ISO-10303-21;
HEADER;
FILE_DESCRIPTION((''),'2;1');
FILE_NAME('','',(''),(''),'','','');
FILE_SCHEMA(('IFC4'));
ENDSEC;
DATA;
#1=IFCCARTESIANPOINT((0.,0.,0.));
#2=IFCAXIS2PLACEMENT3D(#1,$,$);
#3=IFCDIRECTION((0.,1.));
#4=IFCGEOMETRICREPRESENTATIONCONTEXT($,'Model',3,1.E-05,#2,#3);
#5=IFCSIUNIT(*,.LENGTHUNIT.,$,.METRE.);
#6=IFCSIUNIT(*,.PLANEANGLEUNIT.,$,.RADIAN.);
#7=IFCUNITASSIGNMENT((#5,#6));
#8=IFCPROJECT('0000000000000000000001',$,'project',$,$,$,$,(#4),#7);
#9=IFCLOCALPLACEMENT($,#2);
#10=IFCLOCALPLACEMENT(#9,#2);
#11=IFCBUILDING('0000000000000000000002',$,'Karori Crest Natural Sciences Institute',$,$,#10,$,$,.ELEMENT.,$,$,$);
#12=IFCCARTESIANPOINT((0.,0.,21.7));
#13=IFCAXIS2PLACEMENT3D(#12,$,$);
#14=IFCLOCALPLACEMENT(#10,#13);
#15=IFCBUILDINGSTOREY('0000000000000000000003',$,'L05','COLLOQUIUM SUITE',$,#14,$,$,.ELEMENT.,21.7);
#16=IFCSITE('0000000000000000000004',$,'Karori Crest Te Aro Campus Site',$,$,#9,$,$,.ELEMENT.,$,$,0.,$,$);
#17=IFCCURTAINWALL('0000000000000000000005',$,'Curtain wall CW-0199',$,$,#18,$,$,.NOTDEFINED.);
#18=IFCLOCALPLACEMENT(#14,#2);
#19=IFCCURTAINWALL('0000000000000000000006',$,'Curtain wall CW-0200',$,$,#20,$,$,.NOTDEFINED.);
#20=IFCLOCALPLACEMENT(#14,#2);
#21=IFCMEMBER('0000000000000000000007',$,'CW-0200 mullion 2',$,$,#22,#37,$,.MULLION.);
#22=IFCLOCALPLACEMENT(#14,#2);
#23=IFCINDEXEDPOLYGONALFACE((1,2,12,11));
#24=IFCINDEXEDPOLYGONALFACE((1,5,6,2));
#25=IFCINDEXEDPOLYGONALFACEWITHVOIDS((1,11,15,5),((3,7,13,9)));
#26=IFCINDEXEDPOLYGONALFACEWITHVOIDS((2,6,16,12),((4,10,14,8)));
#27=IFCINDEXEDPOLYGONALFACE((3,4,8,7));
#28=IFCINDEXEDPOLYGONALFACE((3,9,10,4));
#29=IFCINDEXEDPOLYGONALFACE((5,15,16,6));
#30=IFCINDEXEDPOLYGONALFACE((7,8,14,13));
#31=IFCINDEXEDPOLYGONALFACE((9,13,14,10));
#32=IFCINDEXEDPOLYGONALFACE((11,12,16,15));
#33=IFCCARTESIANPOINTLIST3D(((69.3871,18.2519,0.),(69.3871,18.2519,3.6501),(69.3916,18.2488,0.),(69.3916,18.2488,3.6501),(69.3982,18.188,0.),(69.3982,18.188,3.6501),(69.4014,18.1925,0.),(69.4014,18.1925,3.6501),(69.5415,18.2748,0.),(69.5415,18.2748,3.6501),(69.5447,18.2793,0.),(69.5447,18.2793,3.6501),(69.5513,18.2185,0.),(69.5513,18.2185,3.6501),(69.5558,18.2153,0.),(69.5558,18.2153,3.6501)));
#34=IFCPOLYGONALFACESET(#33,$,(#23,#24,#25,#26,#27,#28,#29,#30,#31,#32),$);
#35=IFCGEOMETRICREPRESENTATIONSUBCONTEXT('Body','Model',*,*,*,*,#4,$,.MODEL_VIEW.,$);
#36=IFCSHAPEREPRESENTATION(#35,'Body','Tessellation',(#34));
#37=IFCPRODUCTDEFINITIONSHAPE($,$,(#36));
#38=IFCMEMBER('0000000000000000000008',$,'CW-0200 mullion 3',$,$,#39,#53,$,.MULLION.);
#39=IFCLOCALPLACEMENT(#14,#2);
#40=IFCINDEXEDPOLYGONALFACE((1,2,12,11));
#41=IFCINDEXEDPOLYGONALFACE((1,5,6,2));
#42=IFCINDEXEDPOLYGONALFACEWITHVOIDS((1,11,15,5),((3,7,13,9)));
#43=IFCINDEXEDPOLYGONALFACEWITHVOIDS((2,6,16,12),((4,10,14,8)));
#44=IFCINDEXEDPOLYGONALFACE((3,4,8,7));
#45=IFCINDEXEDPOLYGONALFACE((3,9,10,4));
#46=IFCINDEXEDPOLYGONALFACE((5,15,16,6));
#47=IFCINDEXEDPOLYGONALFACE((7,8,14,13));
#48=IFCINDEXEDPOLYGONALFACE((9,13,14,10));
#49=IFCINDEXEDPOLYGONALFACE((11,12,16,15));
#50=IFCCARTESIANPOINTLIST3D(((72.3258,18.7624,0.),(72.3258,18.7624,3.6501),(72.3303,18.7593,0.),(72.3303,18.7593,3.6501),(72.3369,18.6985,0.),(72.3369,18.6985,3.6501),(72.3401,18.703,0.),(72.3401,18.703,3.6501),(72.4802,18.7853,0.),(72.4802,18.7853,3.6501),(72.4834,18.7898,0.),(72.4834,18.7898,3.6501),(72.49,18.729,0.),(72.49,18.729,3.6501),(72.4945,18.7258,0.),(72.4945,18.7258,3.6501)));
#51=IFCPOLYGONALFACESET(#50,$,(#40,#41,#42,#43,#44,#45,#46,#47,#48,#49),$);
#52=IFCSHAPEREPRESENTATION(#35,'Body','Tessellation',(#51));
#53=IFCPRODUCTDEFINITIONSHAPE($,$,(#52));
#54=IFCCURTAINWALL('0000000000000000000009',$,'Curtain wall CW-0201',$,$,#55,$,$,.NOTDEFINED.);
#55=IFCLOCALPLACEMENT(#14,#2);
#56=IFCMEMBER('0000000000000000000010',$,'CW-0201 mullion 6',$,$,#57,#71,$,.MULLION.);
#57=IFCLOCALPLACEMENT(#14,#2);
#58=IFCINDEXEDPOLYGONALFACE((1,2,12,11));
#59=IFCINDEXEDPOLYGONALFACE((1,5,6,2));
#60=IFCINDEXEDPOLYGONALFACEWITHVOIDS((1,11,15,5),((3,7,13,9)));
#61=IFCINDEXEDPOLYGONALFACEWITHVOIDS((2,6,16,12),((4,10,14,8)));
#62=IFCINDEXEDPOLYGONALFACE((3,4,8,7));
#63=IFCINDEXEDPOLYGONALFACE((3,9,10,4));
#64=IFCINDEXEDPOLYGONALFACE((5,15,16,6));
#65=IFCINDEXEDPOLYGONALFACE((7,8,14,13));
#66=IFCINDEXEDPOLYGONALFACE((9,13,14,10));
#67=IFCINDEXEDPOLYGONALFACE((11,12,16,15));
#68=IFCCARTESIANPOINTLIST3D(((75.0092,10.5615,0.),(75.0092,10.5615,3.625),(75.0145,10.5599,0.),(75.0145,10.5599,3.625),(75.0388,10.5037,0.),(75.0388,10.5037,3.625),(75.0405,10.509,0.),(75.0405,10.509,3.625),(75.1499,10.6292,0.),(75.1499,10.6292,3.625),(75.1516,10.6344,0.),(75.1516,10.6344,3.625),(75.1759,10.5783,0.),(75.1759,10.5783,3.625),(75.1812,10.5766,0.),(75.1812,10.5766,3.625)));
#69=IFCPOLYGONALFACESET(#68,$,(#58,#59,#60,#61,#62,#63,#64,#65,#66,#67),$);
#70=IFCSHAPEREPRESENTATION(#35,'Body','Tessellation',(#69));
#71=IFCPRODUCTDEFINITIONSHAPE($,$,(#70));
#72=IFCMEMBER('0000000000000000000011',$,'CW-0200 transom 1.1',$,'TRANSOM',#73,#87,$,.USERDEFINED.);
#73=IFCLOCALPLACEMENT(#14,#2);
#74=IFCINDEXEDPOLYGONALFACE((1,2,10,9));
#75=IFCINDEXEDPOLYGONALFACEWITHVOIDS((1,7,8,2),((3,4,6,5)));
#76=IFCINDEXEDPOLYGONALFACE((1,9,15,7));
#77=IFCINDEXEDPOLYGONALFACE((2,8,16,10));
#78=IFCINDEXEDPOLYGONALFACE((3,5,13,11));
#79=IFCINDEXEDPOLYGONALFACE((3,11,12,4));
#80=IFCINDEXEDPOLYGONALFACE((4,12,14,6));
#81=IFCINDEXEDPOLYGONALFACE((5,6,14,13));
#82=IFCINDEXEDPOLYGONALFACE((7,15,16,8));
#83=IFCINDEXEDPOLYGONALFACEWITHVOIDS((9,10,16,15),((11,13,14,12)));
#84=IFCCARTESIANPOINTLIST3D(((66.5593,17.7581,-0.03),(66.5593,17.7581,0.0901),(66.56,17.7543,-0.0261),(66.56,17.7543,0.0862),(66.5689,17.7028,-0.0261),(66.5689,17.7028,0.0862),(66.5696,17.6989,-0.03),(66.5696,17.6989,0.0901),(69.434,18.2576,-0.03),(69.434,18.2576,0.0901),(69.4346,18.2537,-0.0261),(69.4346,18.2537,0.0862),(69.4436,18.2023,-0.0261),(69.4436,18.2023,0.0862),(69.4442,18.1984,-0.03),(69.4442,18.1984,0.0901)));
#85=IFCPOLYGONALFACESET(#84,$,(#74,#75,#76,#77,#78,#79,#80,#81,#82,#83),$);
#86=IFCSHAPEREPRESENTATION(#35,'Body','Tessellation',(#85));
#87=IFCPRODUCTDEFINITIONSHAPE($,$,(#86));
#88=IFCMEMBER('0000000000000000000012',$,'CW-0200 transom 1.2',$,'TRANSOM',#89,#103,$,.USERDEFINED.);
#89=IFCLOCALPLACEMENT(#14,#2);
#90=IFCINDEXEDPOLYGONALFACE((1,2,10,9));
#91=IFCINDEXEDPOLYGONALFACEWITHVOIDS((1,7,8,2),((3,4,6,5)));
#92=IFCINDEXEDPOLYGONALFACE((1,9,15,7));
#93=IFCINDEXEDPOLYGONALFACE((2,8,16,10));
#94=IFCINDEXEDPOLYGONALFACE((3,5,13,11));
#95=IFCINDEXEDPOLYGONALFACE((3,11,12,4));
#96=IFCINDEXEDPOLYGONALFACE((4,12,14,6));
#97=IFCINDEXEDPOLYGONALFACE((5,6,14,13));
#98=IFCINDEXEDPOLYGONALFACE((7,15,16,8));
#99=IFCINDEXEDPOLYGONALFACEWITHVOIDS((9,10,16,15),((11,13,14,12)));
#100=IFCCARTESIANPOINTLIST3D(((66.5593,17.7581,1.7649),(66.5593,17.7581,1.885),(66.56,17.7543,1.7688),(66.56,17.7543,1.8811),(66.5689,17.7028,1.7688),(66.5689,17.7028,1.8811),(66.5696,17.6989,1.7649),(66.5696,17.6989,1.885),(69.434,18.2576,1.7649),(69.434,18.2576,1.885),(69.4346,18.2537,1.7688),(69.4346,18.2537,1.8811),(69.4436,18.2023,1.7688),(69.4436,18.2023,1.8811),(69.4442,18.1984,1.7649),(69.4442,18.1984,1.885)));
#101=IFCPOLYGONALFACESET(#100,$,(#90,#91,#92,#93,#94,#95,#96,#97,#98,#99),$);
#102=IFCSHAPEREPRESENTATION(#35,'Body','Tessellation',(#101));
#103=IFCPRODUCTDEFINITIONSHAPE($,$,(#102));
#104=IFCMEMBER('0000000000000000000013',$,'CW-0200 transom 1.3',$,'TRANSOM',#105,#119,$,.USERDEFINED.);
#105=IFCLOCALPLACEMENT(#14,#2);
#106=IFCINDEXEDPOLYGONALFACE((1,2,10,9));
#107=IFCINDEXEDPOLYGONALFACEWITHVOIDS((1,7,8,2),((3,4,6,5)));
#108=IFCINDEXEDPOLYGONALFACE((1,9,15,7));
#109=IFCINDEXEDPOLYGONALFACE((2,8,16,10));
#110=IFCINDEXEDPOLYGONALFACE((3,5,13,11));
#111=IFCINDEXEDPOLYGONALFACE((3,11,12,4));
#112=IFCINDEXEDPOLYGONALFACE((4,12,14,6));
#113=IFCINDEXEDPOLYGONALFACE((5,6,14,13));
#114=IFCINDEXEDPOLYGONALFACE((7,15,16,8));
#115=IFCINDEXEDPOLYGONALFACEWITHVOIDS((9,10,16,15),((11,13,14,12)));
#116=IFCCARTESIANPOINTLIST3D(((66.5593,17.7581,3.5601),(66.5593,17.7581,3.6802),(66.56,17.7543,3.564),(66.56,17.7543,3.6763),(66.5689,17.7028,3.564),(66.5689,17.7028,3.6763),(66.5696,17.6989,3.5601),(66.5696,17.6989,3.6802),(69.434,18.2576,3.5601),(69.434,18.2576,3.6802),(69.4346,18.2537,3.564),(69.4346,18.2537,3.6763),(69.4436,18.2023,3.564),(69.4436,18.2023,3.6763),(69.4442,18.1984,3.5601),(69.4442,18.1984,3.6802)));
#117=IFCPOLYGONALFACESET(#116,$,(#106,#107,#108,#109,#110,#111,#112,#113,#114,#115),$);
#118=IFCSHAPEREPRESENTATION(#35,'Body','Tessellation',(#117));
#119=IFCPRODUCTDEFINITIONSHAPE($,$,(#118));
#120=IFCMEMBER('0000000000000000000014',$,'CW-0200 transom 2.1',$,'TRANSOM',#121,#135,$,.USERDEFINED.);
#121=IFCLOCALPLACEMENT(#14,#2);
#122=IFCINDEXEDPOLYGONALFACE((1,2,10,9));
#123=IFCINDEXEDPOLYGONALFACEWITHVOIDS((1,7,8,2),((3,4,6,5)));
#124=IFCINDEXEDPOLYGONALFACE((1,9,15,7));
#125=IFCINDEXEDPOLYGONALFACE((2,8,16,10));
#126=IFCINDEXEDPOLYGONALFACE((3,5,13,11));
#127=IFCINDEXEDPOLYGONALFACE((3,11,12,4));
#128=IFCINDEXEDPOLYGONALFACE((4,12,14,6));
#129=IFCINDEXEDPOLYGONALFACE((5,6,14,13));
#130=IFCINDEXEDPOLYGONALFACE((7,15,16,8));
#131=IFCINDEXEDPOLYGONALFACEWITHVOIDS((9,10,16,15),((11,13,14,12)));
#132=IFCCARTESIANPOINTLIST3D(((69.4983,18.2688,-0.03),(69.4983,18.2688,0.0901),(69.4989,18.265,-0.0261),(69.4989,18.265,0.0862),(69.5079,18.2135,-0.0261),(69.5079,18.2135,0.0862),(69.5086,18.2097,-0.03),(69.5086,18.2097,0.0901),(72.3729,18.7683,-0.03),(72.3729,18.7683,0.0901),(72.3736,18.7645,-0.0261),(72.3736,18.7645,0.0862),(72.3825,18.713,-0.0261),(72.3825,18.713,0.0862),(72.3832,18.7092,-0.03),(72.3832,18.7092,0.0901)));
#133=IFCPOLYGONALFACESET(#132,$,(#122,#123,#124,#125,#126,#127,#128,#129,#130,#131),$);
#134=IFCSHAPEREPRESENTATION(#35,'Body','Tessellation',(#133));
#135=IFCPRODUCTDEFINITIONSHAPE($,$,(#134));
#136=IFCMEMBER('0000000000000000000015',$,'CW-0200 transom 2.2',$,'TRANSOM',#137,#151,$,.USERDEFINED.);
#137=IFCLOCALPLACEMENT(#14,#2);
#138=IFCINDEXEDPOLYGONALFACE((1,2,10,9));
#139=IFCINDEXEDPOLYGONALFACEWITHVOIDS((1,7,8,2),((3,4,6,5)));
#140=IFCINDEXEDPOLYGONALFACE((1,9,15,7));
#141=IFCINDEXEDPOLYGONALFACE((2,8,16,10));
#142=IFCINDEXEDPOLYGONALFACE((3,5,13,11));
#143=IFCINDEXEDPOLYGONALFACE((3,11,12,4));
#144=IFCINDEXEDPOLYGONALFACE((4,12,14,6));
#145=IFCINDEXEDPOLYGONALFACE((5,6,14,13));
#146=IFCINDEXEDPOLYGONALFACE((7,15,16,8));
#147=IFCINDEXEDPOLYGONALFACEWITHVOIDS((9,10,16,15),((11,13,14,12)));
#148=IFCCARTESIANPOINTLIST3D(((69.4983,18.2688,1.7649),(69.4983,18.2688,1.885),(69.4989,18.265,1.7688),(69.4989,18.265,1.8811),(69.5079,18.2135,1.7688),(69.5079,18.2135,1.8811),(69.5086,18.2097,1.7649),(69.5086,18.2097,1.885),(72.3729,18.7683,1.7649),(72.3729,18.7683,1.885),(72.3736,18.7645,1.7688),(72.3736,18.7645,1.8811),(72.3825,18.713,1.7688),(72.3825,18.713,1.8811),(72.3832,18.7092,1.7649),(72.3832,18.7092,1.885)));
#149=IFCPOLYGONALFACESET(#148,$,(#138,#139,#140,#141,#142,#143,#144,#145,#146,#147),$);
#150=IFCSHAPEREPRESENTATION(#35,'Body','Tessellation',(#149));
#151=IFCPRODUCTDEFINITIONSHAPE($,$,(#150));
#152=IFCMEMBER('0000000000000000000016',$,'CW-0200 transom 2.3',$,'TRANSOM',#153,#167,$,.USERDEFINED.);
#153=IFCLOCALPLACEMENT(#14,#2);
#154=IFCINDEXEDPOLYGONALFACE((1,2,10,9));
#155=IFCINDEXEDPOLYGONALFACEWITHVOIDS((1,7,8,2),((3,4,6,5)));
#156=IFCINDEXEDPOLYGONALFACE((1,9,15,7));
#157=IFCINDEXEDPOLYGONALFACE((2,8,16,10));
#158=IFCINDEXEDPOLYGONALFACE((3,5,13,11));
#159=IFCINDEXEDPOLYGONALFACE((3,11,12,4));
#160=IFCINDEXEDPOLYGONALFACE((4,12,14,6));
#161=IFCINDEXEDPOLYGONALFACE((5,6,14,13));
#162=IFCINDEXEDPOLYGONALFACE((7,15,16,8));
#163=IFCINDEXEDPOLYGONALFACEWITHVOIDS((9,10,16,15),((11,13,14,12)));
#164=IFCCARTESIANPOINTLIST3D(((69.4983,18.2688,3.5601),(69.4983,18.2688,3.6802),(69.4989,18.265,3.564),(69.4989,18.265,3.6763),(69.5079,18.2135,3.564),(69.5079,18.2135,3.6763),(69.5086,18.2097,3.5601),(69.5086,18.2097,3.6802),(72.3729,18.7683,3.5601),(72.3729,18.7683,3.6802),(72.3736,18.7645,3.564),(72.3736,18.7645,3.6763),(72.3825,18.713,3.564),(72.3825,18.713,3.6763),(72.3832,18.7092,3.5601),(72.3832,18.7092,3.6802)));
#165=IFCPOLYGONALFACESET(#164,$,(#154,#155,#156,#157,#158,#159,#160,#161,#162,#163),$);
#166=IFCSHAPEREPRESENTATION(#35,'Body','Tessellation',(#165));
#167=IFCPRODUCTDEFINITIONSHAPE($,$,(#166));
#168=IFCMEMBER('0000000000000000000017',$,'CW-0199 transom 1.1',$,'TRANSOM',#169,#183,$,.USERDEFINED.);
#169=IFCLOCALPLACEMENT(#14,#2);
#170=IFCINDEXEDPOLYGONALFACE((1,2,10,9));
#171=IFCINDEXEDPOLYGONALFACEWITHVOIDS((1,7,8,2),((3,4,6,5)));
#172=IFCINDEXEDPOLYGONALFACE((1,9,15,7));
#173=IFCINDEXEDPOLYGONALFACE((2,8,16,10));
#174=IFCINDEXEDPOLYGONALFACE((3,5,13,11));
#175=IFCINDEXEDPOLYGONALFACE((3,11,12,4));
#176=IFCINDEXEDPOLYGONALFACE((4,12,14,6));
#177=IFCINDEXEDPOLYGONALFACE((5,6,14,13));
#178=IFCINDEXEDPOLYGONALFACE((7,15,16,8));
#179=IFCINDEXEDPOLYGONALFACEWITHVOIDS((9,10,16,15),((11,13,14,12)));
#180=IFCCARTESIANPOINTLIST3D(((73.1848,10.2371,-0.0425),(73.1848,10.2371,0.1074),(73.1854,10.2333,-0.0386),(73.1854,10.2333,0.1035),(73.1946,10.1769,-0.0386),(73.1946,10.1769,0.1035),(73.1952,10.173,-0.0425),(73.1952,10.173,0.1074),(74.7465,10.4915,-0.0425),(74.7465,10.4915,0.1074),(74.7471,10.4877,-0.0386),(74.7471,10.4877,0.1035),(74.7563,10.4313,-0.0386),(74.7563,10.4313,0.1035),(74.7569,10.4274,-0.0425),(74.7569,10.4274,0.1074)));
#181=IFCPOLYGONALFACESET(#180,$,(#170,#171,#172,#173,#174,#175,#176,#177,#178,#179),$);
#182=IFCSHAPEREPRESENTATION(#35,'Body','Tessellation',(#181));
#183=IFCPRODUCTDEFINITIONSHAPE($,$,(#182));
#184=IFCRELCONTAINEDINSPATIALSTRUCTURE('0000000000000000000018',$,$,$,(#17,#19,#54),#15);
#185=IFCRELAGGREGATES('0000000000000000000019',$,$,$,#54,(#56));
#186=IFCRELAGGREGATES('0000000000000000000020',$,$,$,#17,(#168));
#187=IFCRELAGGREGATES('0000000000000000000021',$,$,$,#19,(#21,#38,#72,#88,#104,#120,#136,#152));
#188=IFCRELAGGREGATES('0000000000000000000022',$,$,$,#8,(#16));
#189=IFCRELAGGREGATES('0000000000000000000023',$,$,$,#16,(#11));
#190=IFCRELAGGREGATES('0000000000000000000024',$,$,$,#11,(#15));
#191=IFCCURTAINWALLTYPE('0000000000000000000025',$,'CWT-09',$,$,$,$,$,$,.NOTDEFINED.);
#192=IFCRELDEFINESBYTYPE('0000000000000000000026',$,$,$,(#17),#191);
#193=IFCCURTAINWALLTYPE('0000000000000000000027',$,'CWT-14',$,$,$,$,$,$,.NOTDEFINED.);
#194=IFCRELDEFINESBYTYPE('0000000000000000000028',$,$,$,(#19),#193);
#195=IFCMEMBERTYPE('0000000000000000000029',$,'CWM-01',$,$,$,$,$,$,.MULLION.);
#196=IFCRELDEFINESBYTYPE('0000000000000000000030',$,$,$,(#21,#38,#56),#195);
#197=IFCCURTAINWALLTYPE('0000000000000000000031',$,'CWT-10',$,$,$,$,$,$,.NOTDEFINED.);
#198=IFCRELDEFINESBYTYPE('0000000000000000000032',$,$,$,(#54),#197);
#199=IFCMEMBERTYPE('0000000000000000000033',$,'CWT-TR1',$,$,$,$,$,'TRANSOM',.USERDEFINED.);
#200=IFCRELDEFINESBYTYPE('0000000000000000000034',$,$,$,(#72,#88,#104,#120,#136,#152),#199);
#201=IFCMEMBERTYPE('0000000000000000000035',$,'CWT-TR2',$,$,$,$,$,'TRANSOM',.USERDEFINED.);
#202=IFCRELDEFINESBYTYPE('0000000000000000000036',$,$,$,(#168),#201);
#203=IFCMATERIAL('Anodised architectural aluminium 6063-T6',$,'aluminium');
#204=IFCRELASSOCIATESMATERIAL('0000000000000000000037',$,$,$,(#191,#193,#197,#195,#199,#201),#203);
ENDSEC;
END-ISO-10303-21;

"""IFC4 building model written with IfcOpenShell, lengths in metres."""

from ifc_helpers import new_model, si_unit, direction, frame, origin, origin_2d, place, context, subcontext, project, spatial, hollow_rectangle, extrude, material, material_profile, profile_set, type_object, element, aggregate, save


model = new_model("IFC4")

# Units and contexts
model_context = context("Model", 3, precision=1e-05, world=origin(), true_north=direction((0.0, 1.0)))
body_context = subcontext(model_context, "Body", "Model", "MODEL_VIEW")
ifc_project = project(units=[si_unit("LENGTHUNIT", "METRE"), si_unit("PLANEANGLEUNIT", "RADIAN")], contexts=[model_context])

# Site, building, storey
site_placement = place(None, origin())
site = spatial("IfcSite", under=ifc_project, at=site_placement, Name="Karori Crest Te Aro Campus Site", CompositionType="ELEMENT", RefElevation=0.0)
building_placement = place(site_placement, origin())
building = spatial("IfcBuilding", under=site, at=building_placement, Name="Karori Crest Natural Sciences Institute", CompositionType="ELEMENT")
storey_placement = place(building_placement, frame((0.0, 0.0, 21.7)))
storey = spatial("IfcBuildingStorey", under=building, at=storey_placement, Name="L05", Description="COLLOQUIUM SUITE", CompositionType="ELEMENT", Elevation=21.7)

# Curtain walls, members
ifc_material_1 = material(Name="Anodised architectural aluminium 6063-T6", Category="aluminium")
curtain_wall_type_1 = type_object("IfcCurtainWallType", Name="CWT-09", PredefinedType="NOTDEFINED", material=ifc_material_1)
curtain_wall_1_placement = place(storey_placement, origin())
curtain_wall_1 = element("IfcCurtainWall", 1, at=curtain_wall_1_placement, inside=storey, type_object=curtain_wall_type_1, Name="Curtain wall CW-0199", PredefinedType="NOTDEFINED")
ifc_material_profile_1 = material_profile(ifc_material_1, hollow_rectangle(XDim=0.0649, YDim=0.1599, WallThickness=0.0039, at=origin_2d()), Name="CWM160x65x4")
ifc_profile_set_1 = profile_set([ifc_material_profile_1], Name="Anodised architectural aluminium 6063-T6")
member_type_1 = type_object("IfcMemberType", Name="CWM-01", PredefinedType="MULLION", material=ifc_profile_set_1)
curtain_wall_type_2 = type_object("IfcCurtainWallType", Name="CWT-14", PredefinedType="NOTDEFINED", material=ifc_material_1)
curtain_wall_2_placement = place(storey_placement, origin())
curtain_wall_2 = element("IfcCurtainWall", 2, at=curtain_wall_2_placement, inside=storey, type_object=curtain_wall_type_2, Name="Curtain wall CW-0200", PredefinedType="NOTDEFINED")
member_1_placement = place(storey_placement, frame((69.4714, 18.2336, 0.0), z_axis=(0.0, 0.0, 1.0), x_axis=(-0.171174, 0.985241, 0.0)))
member_1 = element("IfcMember", 3, at=member_1_placement, type_object=member_type_1, Name="CW-0200 mullion 2", PredefinedType="MULLION", context=body_context, shape_type="SweptSolid", body=[
    extrude(hollow_rectangle(XDim=0.0649, YDim=0.1599, WallThickness=0.0039, at=origin_2d()), origin(), (0.0, 0.0, 1.0), 3.6501),
])
member_2_placement = place(storey_placement, frame((72.4102, 18.7441, 0.0), z_axis=(0.0, 0.0, 1.0), x_axis=(-0.171174, 0.985241, 0.0)))
member_2 = element("IfcMember", 4, at=member_2_placement, type_object=member_type_1, Name="CW-0200 mullion 3", PredefinedType="MULLION", context=body_context, shape_type="SweptSolid", body=[
    extrude(hollow_rectangle(XDim=0.0649, YDim=0.1599, WallThickness=0.0039, at=origin_2d()), origin(), (0.0, 0.0, 1.0), 3.6501),
])

# Curtain wall, member
curtain_wall_type_3 = type_object("IfcCurtainWallType", Name="CWT-10", PredefinedType="NOTDEFINED", material=ifc_material_1)
curtain_wall_3_placement = place(storey_placement, origin())
curtain_wall_3 = element("IfcCurtainWall", 5, at=curtain_wall_3_placement, inside=storey, type_object=curtain_wall_type_3, Name="Curtain wall CW-0201", PredefinedType="NOTDEFINED")
member_3_placement = place(storey_placement, frame((75.0952, 10.5691, 0.0), z_axis=(0.0, 0.0, 1.0), x_axis=(0.455829, -0.890067, 0.0)))
member_3 = element("IfcMember", 6, at=member_3_placement, type_object=member_type_1, Name="CW-0201 mullion 6", PredefinedType="MULLION", context=body_context, shape_type="SweptSolid", body=[
    extrude(hollow_rectangle(XDim=0.0649, YDim=0.1599, WallThickness=0.0039, at=origin_2d()), origin(), (0.0, 0.0, 1.0), 3.625),
])
aggregate(curtain_wall_3, [member_3])

# Members
ifc_material_profile_2 = material_profile(ifc_material_1, hollow_rectangle(XDim=0.0601, YDim=0.1201, WallThickness=0.0039, at=origin_2d()), Name="CWT120x60x4")
ifc_profile_set_2 = profile_set([ifc_material_profile_2], Name="Anodised architectural aluminium 6063-T6")
member_type_2 = type_object("IfcMemberType", Name="CWT-TR1", ElementType="TRANSOM", PredefinedType="USERDEFINED", material=ifc_profile_set_2)
member_4_placement = place(storey_placement, frame((66.5645, 17.7285, 0.03), z_axis=(0.985238, 0.171193, 0.0), x_axis=(-0.171193, 0.985238, 0.0)))
member_4 = element("IfcMember", 7, at=member_4_placement, type_object=member_type_2, Name="CW-0200 transom 1.1", ObjectType="TRANSOM", PredefinedType="USERDEFINED", context=body_context, shape_type="SweptSolid", body=[
    extrude(hollow_rectangle(XDim=0.0601, YDim=0.1201, WallThickness=0.0039, at=origin_2d()), origin(), (0.0, 0.0, 1.0), 2.9177),
])
member_5_placement = place(storey_placement, frame((66.5645, 17.7285, 1.825), z_axis=(0.985238, 0.171193, 0.0), x_axis=(-0.171193, 0.985238, 0.0)))
member_5 = element("IfcMember", 8, at=member_5_placement, type_object=member_type_2, Name="CW-0200 transom 1.2", ObjectType="TRANSOM", PredefinedType="USERDEFINED", context=body_context, shape_type="SweptSolid", body=[
    extrude(hollow_rectangle(XDim=0.0601, YDim=0.1201, WallThickness=0.0039, at=origin_2d()), origin(), (0.0, 0.0, 1.0), 2.9177),
])
member_6_placement = place(storey_placement, frame((66.5645, 17.7285, 3.6201), z_axis=(0.985238, 0.171193, 0.0), x_axis=(-0.171193, 0.985238, 0.0)))
member_6 = element("IfcMember", 9, at=member_6_placement, type_object=member_type_2, Name="CW-0200 transom 1.3", ObjectType="TRANSOM", PredefinedType="USERDEFINED", context=body_context, shape_type="SweptSolid", body=[
    extrude(hollow_rectangle(XDim=0.0601, YDim=0.1201, WallThickness=0.0039, at=origin_2d()), origin(), (0.0, 0.0, 1.0), 2.9177),
])
member_7_placement = place(storey_placement, frame((69.5034, 18.2393, 0.03), z_axis=(0.985238, 0.171193, 0.0), x_axis=(-0.171193, 0.985238, 0.0)))
member_7 = element("IfcMember", 10, at=member_7_placement, type_object=member_type_2, Name="CW-0200 transom 2.1", ObjectType="TRANSOM", PredefinedType="USERDEFINED", context=body_context, shape_type="SweptSolid", body=[
    extrude(hollow_rectangle(XDim=0.0601, YDim=0.1201, WallThickness=0.0039, at=origin_2d()), origin(), (0.0, 0.0, 1.0), 2.9177),
])
member_8_placement = place(storey_placement, frame((69.5034, 18.2393, 1.825), z_axis=(0.985238, 0.171193, 0.0), x_axis=(-0.171193, 0.985238, 0.0)))
member_8 = element("IfcMember", 11, at=member_8_placement, type_object=member_type_2, Name="CW-0200 transom 2.2", ObjectType="TRANSOM", PredefinedType="USERDEFINED", context=body_context, shape_type="SweptSolid", body=[
    extrude(hollow_rectangle(XDim=0.0601, YDim=0.1201, WallThickness=0.0039, at=origin_2d()), origin(), (0.0, 0.0, 1.0), 2.9177),
])
member_9_placement = place(storey_placement, frame((69.5034, 18.2393, 3.6201), z_axis=(0.985238, 0.171193, 0.0), x_axis=(-0.171193, 0.985238, 0.0)))
member_9 = element("IfcMember", 12, at=member_9_placement, type_object=member_type_2, Name="CW-0200 transom 2.3", ObjectType="TRANSOM", PredefinedType="USERDEFINED", context=body_context, shape_type="SweptSolid", body=[
    extrude(hollow_rectangle(XDim=0.0601, YDim=0.1201, WallThickness=0.0039, at=origin_2d()), origin(), (0.0, 0.0, 1.0), 2.9177),
])
ifc_material_profile_3 = material_profile(ifc_material_1, hollow_rectangle(XDim=0.0649, YDim=0.1499, WallThickness=0.0039, at=origin_2d()), Name="CWT150x65x4")
ifc_profile_set_3 = profile_set([ifc_material_profile_3], Name="Anodised architectural aluminium 6063-T6")
member_type_3 = type_object("IfcMemberType", Name="CWT-TR2", ElementType="TRANSOM", PredefinedType="USERDEFINED", material=ifc_profile_set_3)
member_10_placement = place(storey_placement, frame((74.7517, 10.4595, 0.0325), z_axis=(-0.986992, -0.16077, 0.0), x_axis=(0.16077, -0.986992, 0.0)))
member_10 = element("IfcMember", 13, at=member_10_placement, type_object=member_type_3, Name="CW-0199 transom 1.1", ObjectType="TRANSOM", PredefinedType="USERDEFINED", context=body_context, shape_type="SweptSolid", body=[
    extrude(hollow_rectangle(XDim=0.0649, YDim=0.1499, WallThickness=0.0039, at=origin_2d()), origin(), (0.0, 0.0, 1.0), 1.5823),
])

aggregate(curtain_wall_1, [member_10])
aggregate(curtain_wall_2, [member_1, member_2, member_4, member_5, member_6, member_7, member_8, member_9])

save(model, "model.ifc")
